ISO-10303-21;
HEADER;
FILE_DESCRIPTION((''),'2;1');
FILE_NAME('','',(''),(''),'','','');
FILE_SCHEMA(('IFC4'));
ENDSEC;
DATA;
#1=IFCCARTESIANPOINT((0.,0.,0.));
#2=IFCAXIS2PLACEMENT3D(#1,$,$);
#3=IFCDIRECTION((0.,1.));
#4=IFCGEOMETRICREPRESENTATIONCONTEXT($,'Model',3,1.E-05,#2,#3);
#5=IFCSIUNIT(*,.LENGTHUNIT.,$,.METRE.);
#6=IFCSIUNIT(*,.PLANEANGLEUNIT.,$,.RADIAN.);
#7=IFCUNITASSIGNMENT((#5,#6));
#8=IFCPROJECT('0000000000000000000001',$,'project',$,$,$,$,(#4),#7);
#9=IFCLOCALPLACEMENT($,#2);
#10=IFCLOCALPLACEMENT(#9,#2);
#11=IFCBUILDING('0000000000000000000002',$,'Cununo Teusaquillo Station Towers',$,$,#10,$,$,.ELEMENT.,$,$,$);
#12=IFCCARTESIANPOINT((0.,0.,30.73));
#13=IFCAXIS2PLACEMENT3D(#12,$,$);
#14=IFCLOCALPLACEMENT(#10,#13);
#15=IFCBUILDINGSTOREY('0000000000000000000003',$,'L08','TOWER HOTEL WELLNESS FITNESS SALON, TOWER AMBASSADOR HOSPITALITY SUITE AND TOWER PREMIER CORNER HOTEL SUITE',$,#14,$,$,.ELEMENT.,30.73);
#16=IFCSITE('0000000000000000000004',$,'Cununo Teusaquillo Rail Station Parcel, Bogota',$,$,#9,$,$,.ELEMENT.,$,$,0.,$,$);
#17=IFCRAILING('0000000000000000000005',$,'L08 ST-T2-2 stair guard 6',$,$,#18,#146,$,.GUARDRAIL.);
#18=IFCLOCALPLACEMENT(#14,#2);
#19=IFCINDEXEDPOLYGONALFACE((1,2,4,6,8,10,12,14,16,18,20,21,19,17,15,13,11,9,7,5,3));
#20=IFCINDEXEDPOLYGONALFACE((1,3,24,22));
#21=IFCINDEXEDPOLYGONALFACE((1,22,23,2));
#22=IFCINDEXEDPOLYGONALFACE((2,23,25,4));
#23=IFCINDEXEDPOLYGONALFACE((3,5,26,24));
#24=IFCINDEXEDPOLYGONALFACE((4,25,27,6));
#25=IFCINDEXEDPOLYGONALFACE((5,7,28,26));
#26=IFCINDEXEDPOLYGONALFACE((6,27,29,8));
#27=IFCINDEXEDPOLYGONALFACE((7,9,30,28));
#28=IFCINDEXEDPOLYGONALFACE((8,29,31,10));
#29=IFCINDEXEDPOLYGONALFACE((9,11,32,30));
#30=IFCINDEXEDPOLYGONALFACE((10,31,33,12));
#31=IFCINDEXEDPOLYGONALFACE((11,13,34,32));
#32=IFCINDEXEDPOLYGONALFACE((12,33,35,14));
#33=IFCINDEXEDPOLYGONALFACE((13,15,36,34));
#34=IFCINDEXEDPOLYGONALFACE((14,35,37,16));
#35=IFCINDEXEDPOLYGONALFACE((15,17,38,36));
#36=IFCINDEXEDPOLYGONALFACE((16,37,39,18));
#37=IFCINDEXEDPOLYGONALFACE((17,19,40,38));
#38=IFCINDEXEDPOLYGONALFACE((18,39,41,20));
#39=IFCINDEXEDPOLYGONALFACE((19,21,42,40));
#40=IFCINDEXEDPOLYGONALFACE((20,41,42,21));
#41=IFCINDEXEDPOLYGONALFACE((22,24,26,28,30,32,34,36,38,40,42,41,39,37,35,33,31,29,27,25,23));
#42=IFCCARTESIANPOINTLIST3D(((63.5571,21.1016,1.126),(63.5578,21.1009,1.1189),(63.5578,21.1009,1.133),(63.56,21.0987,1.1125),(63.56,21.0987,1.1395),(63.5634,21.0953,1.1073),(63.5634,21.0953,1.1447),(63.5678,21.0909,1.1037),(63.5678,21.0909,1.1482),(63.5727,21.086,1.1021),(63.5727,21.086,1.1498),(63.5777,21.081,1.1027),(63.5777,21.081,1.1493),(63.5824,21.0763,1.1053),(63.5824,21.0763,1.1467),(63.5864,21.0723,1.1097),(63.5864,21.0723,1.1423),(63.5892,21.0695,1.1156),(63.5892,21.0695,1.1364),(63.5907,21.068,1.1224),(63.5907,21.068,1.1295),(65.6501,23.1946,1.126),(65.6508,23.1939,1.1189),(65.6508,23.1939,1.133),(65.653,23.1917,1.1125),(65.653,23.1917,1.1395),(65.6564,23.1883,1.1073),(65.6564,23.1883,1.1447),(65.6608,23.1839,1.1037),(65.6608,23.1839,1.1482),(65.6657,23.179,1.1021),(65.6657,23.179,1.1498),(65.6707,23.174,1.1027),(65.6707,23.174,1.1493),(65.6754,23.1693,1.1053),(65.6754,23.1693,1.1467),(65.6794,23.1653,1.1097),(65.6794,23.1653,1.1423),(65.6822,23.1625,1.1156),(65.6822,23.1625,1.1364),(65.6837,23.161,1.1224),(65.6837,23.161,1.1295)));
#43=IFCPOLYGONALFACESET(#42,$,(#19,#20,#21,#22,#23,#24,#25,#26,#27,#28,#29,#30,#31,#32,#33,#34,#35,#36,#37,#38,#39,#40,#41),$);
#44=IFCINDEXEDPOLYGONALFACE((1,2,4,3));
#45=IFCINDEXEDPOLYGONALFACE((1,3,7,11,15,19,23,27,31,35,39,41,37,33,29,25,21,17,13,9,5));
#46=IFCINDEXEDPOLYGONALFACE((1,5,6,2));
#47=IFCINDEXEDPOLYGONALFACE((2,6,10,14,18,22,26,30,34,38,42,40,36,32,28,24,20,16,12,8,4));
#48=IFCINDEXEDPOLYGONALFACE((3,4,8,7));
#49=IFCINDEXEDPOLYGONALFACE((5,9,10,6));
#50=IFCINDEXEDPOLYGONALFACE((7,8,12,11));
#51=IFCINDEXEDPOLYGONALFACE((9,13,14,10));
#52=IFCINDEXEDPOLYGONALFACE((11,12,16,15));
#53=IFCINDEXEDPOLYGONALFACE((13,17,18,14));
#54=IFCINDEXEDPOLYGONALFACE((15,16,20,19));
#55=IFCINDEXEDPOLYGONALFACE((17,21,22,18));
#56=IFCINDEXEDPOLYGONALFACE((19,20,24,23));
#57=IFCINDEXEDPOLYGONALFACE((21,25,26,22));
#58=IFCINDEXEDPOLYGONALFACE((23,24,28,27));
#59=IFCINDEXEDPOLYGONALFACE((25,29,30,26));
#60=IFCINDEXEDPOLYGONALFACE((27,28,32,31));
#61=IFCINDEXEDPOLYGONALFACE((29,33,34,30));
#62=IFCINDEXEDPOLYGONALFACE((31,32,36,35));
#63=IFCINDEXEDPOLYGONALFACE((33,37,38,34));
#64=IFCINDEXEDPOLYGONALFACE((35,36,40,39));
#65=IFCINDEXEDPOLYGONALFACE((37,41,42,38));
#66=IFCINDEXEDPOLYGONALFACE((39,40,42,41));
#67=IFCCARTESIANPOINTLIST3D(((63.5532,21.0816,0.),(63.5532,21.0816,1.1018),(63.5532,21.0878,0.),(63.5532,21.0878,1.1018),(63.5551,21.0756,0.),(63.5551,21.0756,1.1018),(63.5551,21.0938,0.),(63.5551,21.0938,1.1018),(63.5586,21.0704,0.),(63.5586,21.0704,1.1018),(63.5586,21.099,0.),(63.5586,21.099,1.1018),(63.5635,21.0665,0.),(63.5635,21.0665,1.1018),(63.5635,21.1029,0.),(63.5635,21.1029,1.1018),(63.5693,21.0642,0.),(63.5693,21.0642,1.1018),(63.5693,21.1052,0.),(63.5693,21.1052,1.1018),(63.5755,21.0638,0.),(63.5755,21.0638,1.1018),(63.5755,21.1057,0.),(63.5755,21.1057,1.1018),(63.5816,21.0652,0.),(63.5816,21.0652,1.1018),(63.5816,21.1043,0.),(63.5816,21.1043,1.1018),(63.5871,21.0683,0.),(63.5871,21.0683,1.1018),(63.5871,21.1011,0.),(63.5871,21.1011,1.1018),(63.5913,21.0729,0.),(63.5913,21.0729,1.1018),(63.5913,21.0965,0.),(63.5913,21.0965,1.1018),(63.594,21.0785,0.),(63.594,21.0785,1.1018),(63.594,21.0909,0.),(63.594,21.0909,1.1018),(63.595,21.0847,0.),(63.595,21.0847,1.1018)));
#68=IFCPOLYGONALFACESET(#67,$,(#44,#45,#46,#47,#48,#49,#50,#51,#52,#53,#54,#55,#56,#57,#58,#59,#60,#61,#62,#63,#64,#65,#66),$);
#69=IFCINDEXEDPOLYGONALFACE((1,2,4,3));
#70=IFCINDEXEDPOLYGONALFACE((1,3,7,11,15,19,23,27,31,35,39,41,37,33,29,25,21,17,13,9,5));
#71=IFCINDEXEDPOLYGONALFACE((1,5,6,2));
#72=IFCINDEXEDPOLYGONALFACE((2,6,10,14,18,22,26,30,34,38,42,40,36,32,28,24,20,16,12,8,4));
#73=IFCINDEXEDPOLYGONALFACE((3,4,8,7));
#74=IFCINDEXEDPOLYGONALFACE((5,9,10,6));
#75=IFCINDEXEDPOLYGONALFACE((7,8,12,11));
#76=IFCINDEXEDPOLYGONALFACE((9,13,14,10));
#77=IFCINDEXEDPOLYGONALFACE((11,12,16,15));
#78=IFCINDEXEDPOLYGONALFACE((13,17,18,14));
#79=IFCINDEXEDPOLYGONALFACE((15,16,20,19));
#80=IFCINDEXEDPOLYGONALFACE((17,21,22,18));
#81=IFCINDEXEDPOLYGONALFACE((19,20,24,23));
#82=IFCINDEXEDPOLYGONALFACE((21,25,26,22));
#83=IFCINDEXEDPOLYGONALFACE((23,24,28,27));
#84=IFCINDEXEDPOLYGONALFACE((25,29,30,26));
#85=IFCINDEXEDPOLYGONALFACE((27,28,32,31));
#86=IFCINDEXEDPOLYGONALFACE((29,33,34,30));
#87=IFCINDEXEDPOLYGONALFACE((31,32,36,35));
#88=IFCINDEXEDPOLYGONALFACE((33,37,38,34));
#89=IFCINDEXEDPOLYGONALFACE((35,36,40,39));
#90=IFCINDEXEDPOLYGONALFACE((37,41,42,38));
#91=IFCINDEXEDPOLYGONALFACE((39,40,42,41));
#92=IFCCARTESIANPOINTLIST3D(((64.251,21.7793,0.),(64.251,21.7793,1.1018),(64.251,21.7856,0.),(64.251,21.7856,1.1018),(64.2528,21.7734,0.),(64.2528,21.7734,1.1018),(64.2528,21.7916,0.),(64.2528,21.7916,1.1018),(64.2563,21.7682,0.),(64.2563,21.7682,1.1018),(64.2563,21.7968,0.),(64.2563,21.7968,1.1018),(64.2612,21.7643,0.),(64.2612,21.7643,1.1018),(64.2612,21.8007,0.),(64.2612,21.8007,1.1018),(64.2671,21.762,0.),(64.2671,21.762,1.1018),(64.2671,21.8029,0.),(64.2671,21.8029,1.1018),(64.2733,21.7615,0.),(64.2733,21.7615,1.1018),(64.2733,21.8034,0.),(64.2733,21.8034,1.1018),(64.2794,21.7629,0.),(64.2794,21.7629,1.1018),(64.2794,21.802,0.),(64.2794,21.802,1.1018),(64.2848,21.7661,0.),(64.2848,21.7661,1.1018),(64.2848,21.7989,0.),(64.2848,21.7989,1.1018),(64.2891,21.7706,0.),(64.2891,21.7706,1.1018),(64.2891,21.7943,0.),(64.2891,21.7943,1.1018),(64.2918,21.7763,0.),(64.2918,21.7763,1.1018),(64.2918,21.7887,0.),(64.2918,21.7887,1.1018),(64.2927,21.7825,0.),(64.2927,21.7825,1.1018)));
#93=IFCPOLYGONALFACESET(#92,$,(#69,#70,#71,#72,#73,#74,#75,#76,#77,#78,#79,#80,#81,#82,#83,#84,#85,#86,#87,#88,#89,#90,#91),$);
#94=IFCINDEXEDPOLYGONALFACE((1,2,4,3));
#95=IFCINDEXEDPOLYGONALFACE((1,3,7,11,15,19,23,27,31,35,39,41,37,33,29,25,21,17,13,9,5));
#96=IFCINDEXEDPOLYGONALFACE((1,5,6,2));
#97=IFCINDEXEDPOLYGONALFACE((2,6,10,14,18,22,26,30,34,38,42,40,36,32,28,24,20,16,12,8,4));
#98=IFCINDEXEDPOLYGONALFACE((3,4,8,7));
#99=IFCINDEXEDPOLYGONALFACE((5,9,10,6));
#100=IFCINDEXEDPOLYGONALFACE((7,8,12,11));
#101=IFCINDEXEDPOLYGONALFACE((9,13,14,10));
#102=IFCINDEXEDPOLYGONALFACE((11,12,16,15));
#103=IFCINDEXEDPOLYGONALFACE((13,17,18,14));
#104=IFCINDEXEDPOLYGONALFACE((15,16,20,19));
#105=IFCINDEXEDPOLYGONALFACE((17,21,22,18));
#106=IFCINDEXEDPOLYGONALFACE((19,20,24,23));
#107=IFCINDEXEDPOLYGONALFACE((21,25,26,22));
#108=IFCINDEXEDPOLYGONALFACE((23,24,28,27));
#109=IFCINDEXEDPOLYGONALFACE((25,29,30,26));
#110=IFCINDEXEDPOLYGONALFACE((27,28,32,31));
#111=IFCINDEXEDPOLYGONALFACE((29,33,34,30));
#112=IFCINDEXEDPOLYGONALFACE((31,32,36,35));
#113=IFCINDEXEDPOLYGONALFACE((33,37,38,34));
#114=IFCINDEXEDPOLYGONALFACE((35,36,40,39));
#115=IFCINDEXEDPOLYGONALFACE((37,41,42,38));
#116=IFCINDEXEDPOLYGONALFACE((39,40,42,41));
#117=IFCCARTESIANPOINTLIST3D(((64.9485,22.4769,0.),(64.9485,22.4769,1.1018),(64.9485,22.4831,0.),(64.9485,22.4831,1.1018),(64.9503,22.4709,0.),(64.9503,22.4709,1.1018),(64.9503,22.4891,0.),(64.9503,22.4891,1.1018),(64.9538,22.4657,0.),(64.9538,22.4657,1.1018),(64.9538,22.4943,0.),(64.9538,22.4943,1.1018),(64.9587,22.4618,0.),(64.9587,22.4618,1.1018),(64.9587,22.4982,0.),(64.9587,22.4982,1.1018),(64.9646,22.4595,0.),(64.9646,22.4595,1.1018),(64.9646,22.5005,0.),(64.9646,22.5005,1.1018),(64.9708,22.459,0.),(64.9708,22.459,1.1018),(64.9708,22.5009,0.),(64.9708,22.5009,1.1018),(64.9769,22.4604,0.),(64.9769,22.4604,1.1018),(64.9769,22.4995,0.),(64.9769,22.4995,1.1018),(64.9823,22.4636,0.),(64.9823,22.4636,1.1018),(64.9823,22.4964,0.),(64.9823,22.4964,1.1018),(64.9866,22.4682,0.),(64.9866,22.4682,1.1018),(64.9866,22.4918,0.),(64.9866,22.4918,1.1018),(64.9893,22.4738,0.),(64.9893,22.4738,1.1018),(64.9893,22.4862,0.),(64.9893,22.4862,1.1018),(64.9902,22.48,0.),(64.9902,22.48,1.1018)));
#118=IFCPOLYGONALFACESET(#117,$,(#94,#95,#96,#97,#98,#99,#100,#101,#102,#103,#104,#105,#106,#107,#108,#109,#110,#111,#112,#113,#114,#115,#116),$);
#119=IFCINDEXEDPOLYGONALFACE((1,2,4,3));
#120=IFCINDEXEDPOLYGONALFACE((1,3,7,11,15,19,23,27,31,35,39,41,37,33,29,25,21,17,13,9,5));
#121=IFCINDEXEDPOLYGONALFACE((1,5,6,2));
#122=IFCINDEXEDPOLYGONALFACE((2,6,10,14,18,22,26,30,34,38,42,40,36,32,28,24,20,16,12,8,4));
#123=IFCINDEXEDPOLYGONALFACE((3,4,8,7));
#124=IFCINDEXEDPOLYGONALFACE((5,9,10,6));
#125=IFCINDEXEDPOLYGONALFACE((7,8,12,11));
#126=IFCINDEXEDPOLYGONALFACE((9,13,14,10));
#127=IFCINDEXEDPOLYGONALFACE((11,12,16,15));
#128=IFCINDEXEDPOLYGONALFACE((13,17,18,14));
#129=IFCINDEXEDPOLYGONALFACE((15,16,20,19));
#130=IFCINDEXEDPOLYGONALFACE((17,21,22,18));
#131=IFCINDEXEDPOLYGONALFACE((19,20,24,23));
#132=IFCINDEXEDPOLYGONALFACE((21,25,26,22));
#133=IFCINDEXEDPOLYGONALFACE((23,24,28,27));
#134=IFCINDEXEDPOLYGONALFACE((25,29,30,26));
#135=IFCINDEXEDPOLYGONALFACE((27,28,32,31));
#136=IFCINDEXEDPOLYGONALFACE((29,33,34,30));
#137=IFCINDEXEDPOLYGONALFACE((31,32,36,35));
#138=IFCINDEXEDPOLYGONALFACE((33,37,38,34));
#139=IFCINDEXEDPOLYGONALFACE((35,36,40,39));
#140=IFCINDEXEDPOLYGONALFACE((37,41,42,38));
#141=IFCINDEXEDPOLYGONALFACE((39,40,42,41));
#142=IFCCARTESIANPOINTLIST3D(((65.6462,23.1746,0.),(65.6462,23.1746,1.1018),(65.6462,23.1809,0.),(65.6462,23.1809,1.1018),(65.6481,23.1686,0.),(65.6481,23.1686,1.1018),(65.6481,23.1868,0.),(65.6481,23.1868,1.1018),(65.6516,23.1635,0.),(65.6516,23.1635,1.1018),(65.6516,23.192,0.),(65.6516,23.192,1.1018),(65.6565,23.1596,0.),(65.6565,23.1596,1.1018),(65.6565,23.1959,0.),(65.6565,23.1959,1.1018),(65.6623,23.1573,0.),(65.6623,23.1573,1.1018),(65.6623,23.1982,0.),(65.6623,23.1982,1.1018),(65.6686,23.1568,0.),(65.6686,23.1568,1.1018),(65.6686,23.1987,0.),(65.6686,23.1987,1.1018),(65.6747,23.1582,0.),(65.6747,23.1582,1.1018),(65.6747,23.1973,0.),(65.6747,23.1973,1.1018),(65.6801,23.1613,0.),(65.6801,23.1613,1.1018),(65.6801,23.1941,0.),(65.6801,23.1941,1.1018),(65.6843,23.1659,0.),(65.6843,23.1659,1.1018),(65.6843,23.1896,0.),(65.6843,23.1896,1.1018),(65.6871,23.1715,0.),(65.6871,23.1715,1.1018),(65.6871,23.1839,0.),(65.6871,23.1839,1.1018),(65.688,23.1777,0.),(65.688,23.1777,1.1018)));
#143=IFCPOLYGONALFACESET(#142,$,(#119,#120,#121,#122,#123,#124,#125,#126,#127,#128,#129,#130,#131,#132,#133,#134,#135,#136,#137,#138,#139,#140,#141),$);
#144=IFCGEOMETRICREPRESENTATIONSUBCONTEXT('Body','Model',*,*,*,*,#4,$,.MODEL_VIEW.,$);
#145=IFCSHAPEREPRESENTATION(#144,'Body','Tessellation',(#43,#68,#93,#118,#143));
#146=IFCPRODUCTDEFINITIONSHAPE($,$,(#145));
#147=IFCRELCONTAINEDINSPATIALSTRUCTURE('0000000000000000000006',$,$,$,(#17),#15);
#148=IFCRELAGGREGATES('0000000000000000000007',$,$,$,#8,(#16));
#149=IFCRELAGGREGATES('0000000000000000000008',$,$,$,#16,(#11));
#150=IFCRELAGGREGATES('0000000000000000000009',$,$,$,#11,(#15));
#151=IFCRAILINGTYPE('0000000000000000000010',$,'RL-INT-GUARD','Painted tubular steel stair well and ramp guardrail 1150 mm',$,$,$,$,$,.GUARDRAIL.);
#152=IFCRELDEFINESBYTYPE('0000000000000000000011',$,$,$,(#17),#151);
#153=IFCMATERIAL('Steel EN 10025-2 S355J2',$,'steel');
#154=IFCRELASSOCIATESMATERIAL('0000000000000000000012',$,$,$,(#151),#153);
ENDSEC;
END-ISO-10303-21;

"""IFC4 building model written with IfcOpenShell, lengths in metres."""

from ifc_helpers import new_model, si_unit, direction, frame, origin, origin_2d, place, context, subcontext, project, spatial, circle, extrude, material, type_object, element, save


model = new_model("IFC4")

# Units and contexts
model_context = context("Model", 3, precision=1e-05, world=origin(), true_north=direction((0.0, 1.0)))
body_context = subcontext(model_context, "Body", "Model", "MODEL_VIEW")
ifc_project = project(units=[si_unit("LENGTHUNIT", "METRE"), si_unit("PLANEANGLEUNIT", "RADIAN")], contexts=[model_context])

# Site, building, storey
site_placement = place(None, origin())
site = spatial("IfcSite", under=ifc_project, at=site_placement, Name="Cununo Teusaquillo Rail Station Parcel, Bogota", CompositionType="ELEMENT", RefElevation=0.0)
building_placement = place(site_placement, origin())
building = spatial("IfcBuilding", under=site, at=building_placement, Name="Cununo Teusaquillo Station Towers", CompositionType="ELEMENT")
storey_placement = place(building_placement, frame((0.0, 0.0, 30.73)))
storey = spatial("IfcBuildingStorey", under=building, at=storey_placement, Name="L08", Description="TOWER HOTEL WELLNESS FITNESS SALON, TOWER AMBASSADOR HOSPITALITY SUITE AND TOWER PREMIER CORNER HOTEL SUITE", CompositionType="ELEMENT", Elevation=30.73)

# Railing
ifc_material_1 = material(Name="Steel EN 10025-2 S355J2", Category="steel")
railing_type = type_object("IfcRailingType", Name="RL-INT-GUARD", Description="Painted tubular steel stair well and ramp guardrail 1150 mm", PredefinedType="GUARDRAIL", material=ifc_material_1)
railing_1_placement = place(storey_placement, frame((63.574, 21.0847, 0.0)))
element("IfcRailing", 1, at=railing_1_placement, inside=storey, type_object=railing_type, Name="L08 ST-T2-2 stair guard 6", PredefinedType="GUARDRAIL", context=body_context, shape_type="SweptSolid", body=[
    extrude(circle(Radius=0.0239, at=origin_2d()), frame((0.0, 0.0, 1.126), z_axis=(0.707107, 0.707107, 0.0), x_axis=(-0.707107, 0.707107, 0.0)), (0.0, 0.0, 1.0), 2.96),
    extrude(circle(Radius=0.021, at=origin_2d()), origin(), (0.0, 0.0, 1.0), 1.1018),
    extrude(circle(Radius=0.021, at=origin_2d()), frame((0.6978, 0.6978, 0.0)), (0.0, 0.0, 1.0), 1.1018),
    extrude(circle(Radius=0.021, at=origin_2d()), frame((1.3953, 1.3953, 0.0)), (0.0, 0.0, 1.0), 1.1018),
    extrude(circle(Radius=0.021, at=origin_2d()), frame((2.093, 2.093, 0.0)), (0.0, 0.0, 1.0), 1.1018),
])

save(model, "model.ifc")
